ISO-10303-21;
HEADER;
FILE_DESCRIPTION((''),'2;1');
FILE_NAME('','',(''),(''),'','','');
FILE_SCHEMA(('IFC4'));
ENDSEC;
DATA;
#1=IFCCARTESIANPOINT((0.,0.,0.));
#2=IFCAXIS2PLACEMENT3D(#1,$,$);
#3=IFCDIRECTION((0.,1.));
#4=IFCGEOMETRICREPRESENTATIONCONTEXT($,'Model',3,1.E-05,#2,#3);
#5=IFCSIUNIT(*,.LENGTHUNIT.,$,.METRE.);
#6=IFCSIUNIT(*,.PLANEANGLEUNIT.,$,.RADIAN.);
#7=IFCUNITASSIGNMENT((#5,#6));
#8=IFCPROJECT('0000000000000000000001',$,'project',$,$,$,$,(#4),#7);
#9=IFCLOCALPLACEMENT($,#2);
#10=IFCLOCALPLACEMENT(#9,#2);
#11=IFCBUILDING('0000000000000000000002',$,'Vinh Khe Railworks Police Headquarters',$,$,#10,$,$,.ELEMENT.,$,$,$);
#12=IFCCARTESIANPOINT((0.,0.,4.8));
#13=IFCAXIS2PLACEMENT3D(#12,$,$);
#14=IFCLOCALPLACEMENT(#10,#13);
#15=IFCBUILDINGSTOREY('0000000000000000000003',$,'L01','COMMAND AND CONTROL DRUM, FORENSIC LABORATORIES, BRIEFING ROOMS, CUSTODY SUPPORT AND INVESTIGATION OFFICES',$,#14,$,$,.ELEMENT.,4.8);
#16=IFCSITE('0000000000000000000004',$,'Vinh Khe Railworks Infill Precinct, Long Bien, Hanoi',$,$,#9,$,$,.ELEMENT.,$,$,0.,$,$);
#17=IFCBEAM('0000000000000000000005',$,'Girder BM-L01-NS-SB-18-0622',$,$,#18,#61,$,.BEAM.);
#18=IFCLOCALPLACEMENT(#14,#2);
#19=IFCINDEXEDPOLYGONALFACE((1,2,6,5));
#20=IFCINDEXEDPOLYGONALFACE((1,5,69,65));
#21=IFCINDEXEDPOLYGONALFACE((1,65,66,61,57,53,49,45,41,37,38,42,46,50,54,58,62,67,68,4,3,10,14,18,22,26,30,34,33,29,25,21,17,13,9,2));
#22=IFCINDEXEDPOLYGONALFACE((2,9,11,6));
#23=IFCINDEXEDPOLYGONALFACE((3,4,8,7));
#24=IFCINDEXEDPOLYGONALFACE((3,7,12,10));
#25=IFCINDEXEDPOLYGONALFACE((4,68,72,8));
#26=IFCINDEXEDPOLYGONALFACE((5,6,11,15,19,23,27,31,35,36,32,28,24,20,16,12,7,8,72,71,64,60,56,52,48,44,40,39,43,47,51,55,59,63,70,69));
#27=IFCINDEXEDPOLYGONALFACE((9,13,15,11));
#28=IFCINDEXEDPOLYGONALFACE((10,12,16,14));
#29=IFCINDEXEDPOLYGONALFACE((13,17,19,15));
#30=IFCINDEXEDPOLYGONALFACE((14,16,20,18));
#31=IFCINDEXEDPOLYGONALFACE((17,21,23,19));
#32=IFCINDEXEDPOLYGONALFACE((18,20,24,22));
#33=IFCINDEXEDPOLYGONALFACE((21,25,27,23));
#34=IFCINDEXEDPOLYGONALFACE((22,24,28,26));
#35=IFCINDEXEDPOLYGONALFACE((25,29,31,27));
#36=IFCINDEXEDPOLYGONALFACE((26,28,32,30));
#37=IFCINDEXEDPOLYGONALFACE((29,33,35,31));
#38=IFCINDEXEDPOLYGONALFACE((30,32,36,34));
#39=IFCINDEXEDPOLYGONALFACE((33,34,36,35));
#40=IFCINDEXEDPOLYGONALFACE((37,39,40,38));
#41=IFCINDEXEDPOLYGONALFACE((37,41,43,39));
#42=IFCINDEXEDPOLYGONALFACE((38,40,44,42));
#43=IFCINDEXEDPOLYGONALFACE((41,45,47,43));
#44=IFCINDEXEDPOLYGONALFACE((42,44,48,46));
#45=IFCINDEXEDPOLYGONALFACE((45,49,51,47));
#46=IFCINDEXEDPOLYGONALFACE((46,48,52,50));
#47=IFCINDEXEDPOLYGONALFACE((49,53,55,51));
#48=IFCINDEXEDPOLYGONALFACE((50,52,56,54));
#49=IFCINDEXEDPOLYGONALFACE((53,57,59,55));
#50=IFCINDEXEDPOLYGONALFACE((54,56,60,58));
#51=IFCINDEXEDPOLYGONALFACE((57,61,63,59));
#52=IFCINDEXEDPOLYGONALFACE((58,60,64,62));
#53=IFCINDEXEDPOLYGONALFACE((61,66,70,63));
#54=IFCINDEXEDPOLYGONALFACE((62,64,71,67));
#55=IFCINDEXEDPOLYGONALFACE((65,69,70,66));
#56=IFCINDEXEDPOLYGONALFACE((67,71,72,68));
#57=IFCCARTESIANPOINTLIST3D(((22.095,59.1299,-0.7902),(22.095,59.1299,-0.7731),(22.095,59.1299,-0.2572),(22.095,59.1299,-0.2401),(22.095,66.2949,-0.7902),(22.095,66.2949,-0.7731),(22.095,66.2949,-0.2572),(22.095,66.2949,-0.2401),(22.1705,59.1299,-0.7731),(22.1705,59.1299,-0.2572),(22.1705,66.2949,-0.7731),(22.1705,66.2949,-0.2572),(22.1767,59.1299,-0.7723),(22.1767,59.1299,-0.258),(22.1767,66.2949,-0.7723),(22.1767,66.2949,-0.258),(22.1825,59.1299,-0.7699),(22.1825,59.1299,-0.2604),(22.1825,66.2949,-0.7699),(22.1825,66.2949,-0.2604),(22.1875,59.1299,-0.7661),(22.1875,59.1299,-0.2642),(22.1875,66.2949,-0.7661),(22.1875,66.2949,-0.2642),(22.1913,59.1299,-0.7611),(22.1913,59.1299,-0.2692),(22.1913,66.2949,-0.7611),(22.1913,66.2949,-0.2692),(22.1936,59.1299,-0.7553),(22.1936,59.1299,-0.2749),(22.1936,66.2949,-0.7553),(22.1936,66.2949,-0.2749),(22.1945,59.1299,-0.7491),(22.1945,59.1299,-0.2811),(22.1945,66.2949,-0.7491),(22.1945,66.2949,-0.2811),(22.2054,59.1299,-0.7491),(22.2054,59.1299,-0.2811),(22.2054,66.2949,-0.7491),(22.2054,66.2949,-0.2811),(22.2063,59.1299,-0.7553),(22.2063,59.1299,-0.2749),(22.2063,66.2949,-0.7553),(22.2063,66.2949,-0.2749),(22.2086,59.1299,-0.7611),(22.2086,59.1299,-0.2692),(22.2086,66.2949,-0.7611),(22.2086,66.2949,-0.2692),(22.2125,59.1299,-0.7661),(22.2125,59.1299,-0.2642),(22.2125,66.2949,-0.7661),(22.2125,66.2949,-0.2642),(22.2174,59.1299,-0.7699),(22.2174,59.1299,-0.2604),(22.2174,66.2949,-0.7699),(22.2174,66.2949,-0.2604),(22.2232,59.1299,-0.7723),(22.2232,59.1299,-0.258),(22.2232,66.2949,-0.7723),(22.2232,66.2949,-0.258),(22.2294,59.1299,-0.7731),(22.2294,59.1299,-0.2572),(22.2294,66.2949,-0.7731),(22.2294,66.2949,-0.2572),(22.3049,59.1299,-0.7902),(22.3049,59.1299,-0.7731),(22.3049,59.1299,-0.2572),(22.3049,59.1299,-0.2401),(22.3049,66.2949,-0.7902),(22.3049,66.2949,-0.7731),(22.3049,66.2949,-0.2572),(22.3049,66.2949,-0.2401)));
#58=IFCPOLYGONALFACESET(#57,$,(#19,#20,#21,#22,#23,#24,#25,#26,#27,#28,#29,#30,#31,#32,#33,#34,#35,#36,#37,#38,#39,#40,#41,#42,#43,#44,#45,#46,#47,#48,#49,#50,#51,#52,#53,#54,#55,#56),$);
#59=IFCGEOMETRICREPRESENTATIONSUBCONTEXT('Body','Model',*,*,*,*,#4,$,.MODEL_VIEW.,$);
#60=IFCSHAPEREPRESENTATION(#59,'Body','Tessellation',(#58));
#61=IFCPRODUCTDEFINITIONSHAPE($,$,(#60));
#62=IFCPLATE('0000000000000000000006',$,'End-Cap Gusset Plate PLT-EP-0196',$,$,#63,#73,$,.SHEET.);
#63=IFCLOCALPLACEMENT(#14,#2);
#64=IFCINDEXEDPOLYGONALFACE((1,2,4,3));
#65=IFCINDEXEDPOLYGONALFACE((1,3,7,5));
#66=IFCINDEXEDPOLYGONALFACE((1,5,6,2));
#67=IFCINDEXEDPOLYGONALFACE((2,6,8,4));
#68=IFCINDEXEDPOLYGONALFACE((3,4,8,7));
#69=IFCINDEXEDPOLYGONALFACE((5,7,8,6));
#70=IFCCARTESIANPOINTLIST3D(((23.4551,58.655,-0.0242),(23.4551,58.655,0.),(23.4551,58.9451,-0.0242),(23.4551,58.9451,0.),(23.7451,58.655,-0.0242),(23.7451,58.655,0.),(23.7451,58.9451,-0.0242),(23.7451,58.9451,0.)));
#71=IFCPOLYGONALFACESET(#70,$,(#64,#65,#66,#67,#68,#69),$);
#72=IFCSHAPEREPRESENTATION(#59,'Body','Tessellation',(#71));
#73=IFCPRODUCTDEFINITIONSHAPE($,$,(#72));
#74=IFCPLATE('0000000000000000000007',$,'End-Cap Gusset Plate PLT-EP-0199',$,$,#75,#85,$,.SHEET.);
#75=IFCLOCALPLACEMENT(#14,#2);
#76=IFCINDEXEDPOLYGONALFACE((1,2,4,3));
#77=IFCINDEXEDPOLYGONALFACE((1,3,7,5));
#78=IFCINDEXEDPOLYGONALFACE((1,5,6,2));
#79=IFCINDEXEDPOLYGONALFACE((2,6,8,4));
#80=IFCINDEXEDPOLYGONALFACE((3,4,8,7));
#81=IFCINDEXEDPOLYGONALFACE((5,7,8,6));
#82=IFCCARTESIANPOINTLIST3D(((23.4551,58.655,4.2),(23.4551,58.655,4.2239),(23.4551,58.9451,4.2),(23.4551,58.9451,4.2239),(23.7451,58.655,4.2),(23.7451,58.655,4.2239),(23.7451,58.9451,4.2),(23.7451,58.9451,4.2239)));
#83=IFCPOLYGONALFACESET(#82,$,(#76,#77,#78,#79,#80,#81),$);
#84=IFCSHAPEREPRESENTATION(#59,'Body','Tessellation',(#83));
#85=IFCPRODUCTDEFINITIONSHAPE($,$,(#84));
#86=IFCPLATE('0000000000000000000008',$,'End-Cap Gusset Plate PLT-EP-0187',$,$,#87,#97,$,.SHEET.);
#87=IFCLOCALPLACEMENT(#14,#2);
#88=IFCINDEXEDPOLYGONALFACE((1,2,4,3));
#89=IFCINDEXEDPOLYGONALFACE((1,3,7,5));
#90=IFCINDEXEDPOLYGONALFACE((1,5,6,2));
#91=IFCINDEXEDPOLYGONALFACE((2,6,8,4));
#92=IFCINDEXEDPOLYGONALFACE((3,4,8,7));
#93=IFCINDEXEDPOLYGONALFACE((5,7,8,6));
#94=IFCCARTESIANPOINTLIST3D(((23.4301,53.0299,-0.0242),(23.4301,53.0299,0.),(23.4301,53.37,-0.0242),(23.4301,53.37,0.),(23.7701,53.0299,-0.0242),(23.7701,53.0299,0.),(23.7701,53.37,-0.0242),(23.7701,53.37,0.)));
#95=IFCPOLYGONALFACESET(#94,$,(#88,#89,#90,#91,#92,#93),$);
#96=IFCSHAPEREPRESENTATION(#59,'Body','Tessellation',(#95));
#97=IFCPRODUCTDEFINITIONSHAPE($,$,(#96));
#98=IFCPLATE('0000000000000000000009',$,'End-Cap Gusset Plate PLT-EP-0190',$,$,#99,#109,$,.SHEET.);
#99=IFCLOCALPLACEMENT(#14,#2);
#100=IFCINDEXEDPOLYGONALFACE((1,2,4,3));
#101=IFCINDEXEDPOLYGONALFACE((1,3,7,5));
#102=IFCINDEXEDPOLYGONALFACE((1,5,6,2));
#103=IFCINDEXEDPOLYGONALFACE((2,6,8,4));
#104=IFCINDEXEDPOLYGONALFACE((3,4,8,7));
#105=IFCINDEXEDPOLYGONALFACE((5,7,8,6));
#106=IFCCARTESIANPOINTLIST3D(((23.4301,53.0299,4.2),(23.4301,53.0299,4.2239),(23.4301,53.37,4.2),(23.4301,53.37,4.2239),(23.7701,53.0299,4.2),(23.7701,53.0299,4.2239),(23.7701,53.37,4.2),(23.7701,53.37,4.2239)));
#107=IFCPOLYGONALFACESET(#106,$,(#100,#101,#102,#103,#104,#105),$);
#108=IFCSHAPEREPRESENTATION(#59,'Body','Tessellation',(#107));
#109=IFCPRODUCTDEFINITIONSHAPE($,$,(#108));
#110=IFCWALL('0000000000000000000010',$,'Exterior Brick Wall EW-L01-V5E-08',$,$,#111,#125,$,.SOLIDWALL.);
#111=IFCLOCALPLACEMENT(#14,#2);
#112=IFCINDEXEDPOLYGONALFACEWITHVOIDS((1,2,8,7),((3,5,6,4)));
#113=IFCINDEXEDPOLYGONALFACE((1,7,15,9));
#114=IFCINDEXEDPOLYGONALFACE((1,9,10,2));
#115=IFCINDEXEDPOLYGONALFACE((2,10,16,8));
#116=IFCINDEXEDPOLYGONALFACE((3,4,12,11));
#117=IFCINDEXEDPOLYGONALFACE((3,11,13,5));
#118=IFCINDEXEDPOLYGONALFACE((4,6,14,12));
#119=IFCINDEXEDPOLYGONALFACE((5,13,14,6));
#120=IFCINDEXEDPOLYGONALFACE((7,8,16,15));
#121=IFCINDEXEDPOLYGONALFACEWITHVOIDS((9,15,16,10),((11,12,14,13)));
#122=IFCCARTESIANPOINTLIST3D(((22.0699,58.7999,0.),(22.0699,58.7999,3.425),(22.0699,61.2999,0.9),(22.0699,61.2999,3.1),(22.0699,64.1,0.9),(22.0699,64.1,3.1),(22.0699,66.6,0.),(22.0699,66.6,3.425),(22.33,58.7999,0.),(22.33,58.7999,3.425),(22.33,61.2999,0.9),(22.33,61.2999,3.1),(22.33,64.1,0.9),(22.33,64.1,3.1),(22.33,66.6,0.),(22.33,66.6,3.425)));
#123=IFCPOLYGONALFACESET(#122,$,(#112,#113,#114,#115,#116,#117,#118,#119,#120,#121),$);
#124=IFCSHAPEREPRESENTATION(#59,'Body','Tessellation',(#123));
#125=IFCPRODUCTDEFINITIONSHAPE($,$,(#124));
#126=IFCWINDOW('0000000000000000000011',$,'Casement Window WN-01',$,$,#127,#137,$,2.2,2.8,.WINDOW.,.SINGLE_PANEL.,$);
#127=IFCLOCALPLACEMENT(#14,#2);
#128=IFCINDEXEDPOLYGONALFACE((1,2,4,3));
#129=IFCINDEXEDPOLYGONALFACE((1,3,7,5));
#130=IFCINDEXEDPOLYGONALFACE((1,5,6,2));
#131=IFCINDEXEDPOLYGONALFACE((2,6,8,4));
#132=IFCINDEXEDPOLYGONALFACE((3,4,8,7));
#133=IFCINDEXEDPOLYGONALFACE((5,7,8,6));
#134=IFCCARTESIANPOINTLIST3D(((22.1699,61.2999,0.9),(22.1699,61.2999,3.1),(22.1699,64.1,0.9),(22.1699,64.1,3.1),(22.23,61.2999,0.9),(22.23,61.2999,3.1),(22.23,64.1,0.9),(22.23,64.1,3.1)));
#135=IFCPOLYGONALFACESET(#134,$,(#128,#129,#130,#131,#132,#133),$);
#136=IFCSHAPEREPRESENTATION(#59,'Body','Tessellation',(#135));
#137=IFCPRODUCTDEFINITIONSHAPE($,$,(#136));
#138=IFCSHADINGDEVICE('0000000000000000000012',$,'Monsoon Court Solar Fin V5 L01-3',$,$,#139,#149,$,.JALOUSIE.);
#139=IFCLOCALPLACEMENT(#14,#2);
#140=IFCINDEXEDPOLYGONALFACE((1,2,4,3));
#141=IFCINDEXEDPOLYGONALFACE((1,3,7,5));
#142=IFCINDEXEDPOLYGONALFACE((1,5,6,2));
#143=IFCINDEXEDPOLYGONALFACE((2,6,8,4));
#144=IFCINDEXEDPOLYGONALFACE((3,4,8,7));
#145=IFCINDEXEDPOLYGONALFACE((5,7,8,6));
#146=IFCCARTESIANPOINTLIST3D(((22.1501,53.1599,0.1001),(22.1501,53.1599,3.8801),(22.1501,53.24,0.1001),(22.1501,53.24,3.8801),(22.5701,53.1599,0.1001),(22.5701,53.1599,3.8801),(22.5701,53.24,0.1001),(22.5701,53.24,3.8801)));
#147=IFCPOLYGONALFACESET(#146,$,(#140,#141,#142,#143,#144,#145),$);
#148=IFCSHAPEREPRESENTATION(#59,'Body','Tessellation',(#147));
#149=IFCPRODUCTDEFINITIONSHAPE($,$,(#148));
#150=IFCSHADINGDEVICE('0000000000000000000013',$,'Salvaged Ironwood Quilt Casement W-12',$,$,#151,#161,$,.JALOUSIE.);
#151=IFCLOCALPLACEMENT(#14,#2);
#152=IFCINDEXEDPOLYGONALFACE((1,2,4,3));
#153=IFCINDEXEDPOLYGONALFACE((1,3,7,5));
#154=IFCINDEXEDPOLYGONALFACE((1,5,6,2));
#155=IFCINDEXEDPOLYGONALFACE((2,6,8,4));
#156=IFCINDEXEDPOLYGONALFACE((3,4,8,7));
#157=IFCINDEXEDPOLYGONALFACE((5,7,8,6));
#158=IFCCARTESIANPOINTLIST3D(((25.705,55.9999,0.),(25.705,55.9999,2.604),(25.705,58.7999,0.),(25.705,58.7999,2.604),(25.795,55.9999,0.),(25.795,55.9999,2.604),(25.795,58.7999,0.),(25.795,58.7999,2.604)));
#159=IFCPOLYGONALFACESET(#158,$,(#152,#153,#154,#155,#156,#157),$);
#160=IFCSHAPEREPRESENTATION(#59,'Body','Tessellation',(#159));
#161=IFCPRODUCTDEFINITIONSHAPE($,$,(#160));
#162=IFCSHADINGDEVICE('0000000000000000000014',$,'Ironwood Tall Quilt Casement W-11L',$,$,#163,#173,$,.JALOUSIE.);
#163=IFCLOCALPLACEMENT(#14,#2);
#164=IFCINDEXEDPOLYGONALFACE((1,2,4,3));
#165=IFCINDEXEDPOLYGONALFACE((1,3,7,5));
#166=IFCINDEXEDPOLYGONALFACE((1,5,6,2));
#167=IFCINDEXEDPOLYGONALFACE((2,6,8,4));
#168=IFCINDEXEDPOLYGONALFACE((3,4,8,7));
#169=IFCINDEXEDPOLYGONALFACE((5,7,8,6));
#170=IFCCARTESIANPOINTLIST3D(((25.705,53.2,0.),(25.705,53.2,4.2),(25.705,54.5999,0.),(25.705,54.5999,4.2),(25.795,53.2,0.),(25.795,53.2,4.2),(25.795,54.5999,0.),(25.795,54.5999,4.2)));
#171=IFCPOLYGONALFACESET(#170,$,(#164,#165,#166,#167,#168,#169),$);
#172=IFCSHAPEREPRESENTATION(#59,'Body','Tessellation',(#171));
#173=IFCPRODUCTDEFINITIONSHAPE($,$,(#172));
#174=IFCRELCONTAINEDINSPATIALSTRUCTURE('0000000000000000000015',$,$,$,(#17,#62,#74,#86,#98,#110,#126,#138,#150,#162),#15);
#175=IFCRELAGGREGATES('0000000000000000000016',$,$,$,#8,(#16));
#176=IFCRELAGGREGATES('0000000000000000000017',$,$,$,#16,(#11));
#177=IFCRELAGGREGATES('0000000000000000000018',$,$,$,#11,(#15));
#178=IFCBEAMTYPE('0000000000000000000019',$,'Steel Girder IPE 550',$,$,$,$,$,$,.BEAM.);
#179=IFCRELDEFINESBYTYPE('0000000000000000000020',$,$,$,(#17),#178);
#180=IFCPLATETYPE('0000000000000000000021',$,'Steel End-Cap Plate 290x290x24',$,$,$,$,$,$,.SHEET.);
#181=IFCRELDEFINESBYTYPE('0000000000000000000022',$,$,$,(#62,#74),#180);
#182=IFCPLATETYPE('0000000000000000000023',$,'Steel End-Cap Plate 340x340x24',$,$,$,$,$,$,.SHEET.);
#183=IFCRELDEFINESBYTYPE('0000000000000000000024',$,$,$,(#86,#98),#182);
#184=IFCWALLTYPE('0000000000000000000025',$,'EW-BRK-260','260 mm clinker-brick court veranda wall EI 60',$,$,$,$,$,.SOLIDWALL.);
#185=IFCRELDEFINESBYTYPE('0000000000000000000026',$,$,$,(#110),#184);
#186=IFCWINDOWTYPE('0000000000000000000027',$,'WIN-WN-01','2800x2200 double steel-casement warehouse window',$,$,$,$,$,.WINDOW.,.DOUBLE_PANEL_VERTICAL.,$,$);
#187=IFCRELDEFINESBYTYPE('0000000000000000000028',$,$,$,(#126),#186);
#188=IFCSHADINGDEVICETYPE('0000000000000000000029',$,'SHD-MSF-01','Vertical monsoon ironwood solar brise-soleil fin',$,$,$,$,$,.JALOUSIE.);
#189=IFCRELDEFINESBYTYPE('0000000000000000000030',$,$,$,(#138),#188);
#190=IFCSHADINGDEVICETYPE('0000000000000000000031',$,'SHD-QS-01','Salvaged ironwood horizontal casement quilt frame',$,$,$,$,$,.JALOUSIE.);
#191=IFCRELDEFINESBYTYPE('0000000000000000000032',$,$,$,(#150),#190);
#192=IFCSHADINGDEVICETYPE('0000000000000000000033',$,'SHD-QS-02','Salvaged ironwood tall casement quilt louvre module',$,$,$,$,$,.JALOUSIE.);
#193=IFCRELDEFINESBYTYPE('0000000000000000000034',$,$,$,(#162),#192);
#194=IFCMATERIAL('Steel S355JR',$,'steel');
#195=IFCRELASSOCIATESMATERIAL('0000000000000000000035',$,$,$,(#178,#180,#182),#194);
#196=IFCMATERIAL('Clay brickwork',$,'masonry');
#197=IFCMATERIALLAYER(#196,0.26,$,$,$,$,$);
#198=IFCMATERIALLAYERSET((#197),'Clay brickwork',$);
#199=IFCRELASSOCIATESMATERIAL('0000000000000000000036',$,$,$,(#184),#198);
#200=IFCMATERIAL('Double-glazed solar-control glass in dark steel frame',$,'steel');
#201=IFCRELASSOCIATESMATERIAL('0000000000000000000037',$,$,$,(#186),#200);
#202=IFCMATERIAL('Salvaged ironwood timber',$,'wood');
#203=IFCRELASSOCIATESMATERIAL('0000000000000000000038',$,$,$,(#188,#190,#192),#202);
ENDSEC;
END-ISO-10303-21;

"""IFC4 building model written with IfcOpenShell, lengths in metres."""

from ifc_helpers import new_model, si_unit, direction, frame, frame_2d, origin, origin_2d, place, context, subcontext, project, spatial, rectangle, i_section, extrude, material, layer, layer_set, material_profile, profile_set, type_object, element, fill, save


model = new_model("IFC4")

# Units and contexts
model_context = context("Model", 3, precision=1e-05, world=origin(), true_north=direction((0.0, 1.0)))
body_context = subcontext(model_context, "Body", "Model", "MODEL_VIEW")
ifc_project = project(units=[si_unit("LENGTHUNIT", "METRE"), si_unit("PLANEANGLEUNIT", "RADIAN")], contexts=[model_context])

# Site, building, storey
site_placement = place(None, origin())
site = spatial("IfcSite", under=ifc_project, at=site_placement, Name="Vinh Khe Railworks Infill Precinct, Long Bien, Hanoi", CompositionType="ELEMENT", RefElevation=0.0)
building_placement = place(site_placement, origin())
building = spatial("IfcBuilding", under=site, at=building_placement, Name="Vinh Khe Railworks Police Headquarters", CompositionType="ELEMENT")
storey_placement = place(building_placement, frame((0.0, 0.0, 4.8)))
storey = spatial("IfcBuildingStorey", under=building, at=storey_placement, Name="L01", Description="COMMAND AND CONTROL DRUM, FORENSIC LABORATORIES, BRIEFING ROOMS, CUSTODY SUPPORT AND INVESTIGATION OFFICES", CompositionType="ELEMENT", Elevation=4.8)

# Shared definitions
ifc_material_1 = material(Name="Steel S355JR", Category="steel")

# Shared definitions
ifc_material_2 = material(Name="Salvaged ironwood timber", Category="wood")

# Beam
ifc_material_profile_1 = material_profile(ifc_material_1, i_section(OverallWidth=0.21, OverallDepth=0.55, WebThickness=0.011, FlangeThickness=0.0171, FilletRadius=0.0239, at=origin_2d()), Name="IPE 550")
ifc_profile_set_1 = profile_set([ifc_material_profile_1], Name="Steel S355JR")
beam_type_1 = type_object("IfcBeamType", Name="Steel Girder IPE 550", PredefinedType="BEAM", material=ifc_profile_set_1)
beam_1_placement = place(storey_placement, frame((22.2, 59.1299, -0.5151), z_axis=(0.0, 1.0, 0.0), x_axis=(-1.0, 0.0, 0.0)))
element("IfcBeam", 1, at=beam_1_placement, inside=storey, type_object=beam_type_1, Name="Girder BM-L01-NS-SB-18-0622", PredefinedType="BEAM", context=body_context, shape_type="SweptSolid", body=[
    extrude(i_section(OverallWidth=0.21, OverallDepth=0.55, WebThickness=0.011, FlangeThickness=0.0171, FilletRadius=0.0239, at=origin_2d()), origin(), (0.0, 0.0, 1.0), 7.165),
])

# Plates
ifc_material_profile_2 = material_profile(ifc_material_1, rectangle(XDim=0.29, YDim=0.29, at=origin_2d()), Name="PL 290x290")
ifc_profile_set_2 = profile_set([ifc_material_profile_2], Name="Steel S355JR")
plate_type_1 = type_object("IfcPlateType", Name="Steel End-Cap Plate 290x290x24", PredefinedType="SHEET", material=ifc_profile_set_2)
plate_1_placement = place(storey_placement, frame((23.6001, 58.8, 0.0), z_axis=(0.0, 0.0, -1.0), x_axis=(1.0, 0.0, 0.0)))
element("IfcPlate", 2, at=plate_1_placement, inside=storey, type_object=plate_type_1, Name="End-Cap Gusset Plate PLT-EP-0196", PredefinedType="SHEET", context=body_context, shape_type="SweptSolid", body=[
    extrude(rectangle(XDim=0.29, YDim=0.29, at=origin_2d()), origin(), (0.0, 0.0, 1.0), 0.0242),
])
plate_2_placement = place(storey_placement, frame((23.6001, 58.8, 4.2), z_axis=(0.0, 0.0, 1.0), x_axis=(1.0, 0.0, 0.0)))
element("IfcPlate", 3, at=plate_2_placement, inside=storey, type_object=plate_type_1, Name="End-Cap Gusset Plate PLT-EP-0199", PredefinedType="SHEET", context=body_context, shape_type="SweptSolid", body=[
    extrude(rectangle(XDim=0.29, YDim=0.29, at=origin_2d()), origin(), (0.0, 0.0, 1.0), 0.0239),
])
ifc_material_profile_3 = material_profile(ifc_material_1, rectangle(XDim=0.3401, YDim=0.3401, at=origin_2d()), Name="PL 340x340")
ifc_profile_set_3 = profile_set([ifc_material_profile_3], Name="Steel S355JR")
plate_type_2 = type_object("IfcPlateType", Name="Steel End-Cap Plate 340x340x24", PredefinedType="SHEET", material=ifc_profile_set_3)
plate_3_placement = place(storey_placement, frame((23.6001, 53.2, 0.0), z_axis=(0.0, 0.0, -1.0), x_axis=(1.0, 0.0, 0.0)))
element("IfcPlate", 4, at=plate_3_placement, inside=storey, type_object=plate_type_2, Name="End-Cap Gusset Plate PLT-EP-0187", PredefinedType="SHEET", context=body_context, shape_type="SweptSolid", body=[
    extrude(rectangle(XDim=0.3401, YDim=0.3401, at=origin_2d()), origin(), (0.0, 0.0, 1.0), 0.0242),
])
plate_4_placement = place(storey_placement, frame((23.6001, 53.2, 4.2), z_axis=(0.0, 0.0, 1.0), x_axis=(1.0, 0.0, 0.0)))
element("IfcPlate", 5, at=plate_4_placement, inside=storey, type_object=plate_type_2, Name="End-Cap Gusset Plate PLT-EP-0190", PredefinedType="SHEET", context=body_context, shape_type="SweptSolid", body=[
    extrude(rectangle(XDim=0.3401, YDim=0.3401, at=origin_2d()), origin(), (0.0, 0.0, 1.0), 0.0239),
])

# Wall, opening, window
ifc_material_3 = material(Name="Clay brickwork", Category="masonry")
ifc_layer = layer(ifc_material_3, 0.26)
ifc_layer_set = layer_set([ifc_layer], Name="Clay brickwork")
wall_type = type_object("IfcWallType", Name="EW-BRK-260", Description="260 mm clinker-brick court veranda wall EI 60", PredefinedType="SOLIDWALL", material=ifc_layer_set)
wall_placement = place(storey_placement, frame((22.2, 58.8, 0.0), z_axis=(0.0, 0.0, 1.0), x_axis=(0.0, 1.0, 0.0)))
wall = element("IfcWall", 6, at=wall_placement, inside=storey, type_object=wall_type, Name="Exterior Brick Wall EW-L01-V5E-08", PredefinedType="SOLIDWALL", context=body_context, shape_type="SweptSolid", body=[
    extrude(rectangle(XDim=7.8, YDim=0.26, at=frame_2d((3.8999, 0.0))), origin(), (0.0, 0.0, 1.0), 3.425),
])
opening_placement = place(wall_placement, frame((2.5, 0.0, 0.8999)))
opening = element("IfcOpeningElement", 7, at=opening_placement, cuts=wall, PredefinedType="OPENING", context=body_context, shape_type="SweptSolid", body=[
    extrude(rectangle(XDim=2.8, YDim=2.2, at=frame_2d((1.3999, 1.1001))), frame((0.0, 0.145, 0.0), z_axis=(0.0, -1.0, 0.0), x_axis=(1.0, 0.0, 0.0)), (0.0, 0.0, 1.0), 0.2898),
])
ifc_material_4 = material(Name="Double-glazed solar-control glass in dark steel frame", Category="steel")
window_type = type_object("IfcWindowType", Name="WIN-WN-01", Description="2800x2200 double steel-casement warehouse window", PartitioningType="DOUBLE_PANEL_VERTICAL", PredefinedType="WINDOW", material=ifc_material_4)
window_placement = place(opening_placement, origin())
window = element("IfcWindow", 8, at=window_placement, inside=storey, type_object=window_type, Name="Casement Window WN-01", OverallHeight=2.2, OverallWidth=2.8, PartitioningType="SINGLE_PANEL", PredefinedType="WINDOW", context=body_context, shape_type="SweptSolid", body=[
    extrude(rectangle(XDim=2.8, YDim=2.2, at=frame_2d((1.3999, 1.1001))), frame((0.0, 0.03, 0.0), z_axis=(0.0, -1.0, 0.0), x_axis=(1.0, 0.0, 0.0)), (0.0, 0.0, 1.0), 0.0601),
])
fill(opening, window)

# Shading devices
shading_device_type_1 = type_object("IfcShadingDeviceType", Name="SHD-MSF-01", Description="Vertical monsoon ironwood solar brise-soleil fin", PredefinedType="JALOUSIE", material=ifc_material_2)
shading_device_1_placement = place(storey_placement, frame((22.3601, 53.2, 0.1001), z_axis=(0.0, 0.0, 1.0), x_axis=(1.0, 0.0, 0.0)))
element("IfcShadingDevice", 9, at=shading_device_1_placement, inside=storey, type_object=shading_device_type_1, Name="Monsoon Court Solar Fin V5 L01-3", PredefinedType="JALOUSIE", context=body_context, shape_type="SweptSolid", body=[
    extrude(rectangle(XDim=0.4199, YDim=0.0801, at=origin_2d()), origin(), (0.0, 0.0, 1.0), 3.78),
])
shading_device_type_2 = type_object("IfcShadingDeviceType", Name="SHD-QS-01", Description="Salvaged ironwood horizontal casement quilt frame", PredefinedType="JALOUSIE", material=ifc_material_2)
shading_device_2_placement = place(storey_placement, frame((25.75, 57.3999, 0.0), z_axis=(0.0, 0.0, 1.0), x_axis=(0.0, 1.0, 0.0)))
element("IfcShadingDevice", 10, at=shading_device_2_placement, inside=storey, type_object=shading_device_type_2, Name="Salvaged Ironwood Quilt Casement W-12", PredefinedType="JALOUSIE", context=body_context, shape_type="SweptSolid", body=[
    extrude(rectangle(XDim=2.8, YDim=0.0901, at=origin_2d()), origin(), (0.0, 0.0, 1.0), 2.604),
])
shading_device_type_3 = type_object("IfcShadingDeviceType", Name="SHD-QS-02", Description="Salvaged ironwood tall casement quilt louvre module", PredefinedType="JALOUSIE", material=ifc_material_2)
shading_device_3_placement = place(storey_placement, frame((25.75, 53.8999, 0.0), z_axis=(0.0, 0.0, 1.0), x_axis=(0.0, 1.0, 0.0)))
element("IfcShadingDevice", 11, at=shading_device_3_placement, inside=storey, type_object=shading_device_type_3, Name="Ironwood Tall Quilt Casement W-11L", PredefinedType="JALOUSIE", context=body_context, shape_type="SweptSolid", body=[
    extrude(rectangle(XDim=1.3999, YDim=0.0901, at=origin_2d()), origin(), (0.0, 0.0, 1.0), 4.2),
])

save(model, "model.ifc")
